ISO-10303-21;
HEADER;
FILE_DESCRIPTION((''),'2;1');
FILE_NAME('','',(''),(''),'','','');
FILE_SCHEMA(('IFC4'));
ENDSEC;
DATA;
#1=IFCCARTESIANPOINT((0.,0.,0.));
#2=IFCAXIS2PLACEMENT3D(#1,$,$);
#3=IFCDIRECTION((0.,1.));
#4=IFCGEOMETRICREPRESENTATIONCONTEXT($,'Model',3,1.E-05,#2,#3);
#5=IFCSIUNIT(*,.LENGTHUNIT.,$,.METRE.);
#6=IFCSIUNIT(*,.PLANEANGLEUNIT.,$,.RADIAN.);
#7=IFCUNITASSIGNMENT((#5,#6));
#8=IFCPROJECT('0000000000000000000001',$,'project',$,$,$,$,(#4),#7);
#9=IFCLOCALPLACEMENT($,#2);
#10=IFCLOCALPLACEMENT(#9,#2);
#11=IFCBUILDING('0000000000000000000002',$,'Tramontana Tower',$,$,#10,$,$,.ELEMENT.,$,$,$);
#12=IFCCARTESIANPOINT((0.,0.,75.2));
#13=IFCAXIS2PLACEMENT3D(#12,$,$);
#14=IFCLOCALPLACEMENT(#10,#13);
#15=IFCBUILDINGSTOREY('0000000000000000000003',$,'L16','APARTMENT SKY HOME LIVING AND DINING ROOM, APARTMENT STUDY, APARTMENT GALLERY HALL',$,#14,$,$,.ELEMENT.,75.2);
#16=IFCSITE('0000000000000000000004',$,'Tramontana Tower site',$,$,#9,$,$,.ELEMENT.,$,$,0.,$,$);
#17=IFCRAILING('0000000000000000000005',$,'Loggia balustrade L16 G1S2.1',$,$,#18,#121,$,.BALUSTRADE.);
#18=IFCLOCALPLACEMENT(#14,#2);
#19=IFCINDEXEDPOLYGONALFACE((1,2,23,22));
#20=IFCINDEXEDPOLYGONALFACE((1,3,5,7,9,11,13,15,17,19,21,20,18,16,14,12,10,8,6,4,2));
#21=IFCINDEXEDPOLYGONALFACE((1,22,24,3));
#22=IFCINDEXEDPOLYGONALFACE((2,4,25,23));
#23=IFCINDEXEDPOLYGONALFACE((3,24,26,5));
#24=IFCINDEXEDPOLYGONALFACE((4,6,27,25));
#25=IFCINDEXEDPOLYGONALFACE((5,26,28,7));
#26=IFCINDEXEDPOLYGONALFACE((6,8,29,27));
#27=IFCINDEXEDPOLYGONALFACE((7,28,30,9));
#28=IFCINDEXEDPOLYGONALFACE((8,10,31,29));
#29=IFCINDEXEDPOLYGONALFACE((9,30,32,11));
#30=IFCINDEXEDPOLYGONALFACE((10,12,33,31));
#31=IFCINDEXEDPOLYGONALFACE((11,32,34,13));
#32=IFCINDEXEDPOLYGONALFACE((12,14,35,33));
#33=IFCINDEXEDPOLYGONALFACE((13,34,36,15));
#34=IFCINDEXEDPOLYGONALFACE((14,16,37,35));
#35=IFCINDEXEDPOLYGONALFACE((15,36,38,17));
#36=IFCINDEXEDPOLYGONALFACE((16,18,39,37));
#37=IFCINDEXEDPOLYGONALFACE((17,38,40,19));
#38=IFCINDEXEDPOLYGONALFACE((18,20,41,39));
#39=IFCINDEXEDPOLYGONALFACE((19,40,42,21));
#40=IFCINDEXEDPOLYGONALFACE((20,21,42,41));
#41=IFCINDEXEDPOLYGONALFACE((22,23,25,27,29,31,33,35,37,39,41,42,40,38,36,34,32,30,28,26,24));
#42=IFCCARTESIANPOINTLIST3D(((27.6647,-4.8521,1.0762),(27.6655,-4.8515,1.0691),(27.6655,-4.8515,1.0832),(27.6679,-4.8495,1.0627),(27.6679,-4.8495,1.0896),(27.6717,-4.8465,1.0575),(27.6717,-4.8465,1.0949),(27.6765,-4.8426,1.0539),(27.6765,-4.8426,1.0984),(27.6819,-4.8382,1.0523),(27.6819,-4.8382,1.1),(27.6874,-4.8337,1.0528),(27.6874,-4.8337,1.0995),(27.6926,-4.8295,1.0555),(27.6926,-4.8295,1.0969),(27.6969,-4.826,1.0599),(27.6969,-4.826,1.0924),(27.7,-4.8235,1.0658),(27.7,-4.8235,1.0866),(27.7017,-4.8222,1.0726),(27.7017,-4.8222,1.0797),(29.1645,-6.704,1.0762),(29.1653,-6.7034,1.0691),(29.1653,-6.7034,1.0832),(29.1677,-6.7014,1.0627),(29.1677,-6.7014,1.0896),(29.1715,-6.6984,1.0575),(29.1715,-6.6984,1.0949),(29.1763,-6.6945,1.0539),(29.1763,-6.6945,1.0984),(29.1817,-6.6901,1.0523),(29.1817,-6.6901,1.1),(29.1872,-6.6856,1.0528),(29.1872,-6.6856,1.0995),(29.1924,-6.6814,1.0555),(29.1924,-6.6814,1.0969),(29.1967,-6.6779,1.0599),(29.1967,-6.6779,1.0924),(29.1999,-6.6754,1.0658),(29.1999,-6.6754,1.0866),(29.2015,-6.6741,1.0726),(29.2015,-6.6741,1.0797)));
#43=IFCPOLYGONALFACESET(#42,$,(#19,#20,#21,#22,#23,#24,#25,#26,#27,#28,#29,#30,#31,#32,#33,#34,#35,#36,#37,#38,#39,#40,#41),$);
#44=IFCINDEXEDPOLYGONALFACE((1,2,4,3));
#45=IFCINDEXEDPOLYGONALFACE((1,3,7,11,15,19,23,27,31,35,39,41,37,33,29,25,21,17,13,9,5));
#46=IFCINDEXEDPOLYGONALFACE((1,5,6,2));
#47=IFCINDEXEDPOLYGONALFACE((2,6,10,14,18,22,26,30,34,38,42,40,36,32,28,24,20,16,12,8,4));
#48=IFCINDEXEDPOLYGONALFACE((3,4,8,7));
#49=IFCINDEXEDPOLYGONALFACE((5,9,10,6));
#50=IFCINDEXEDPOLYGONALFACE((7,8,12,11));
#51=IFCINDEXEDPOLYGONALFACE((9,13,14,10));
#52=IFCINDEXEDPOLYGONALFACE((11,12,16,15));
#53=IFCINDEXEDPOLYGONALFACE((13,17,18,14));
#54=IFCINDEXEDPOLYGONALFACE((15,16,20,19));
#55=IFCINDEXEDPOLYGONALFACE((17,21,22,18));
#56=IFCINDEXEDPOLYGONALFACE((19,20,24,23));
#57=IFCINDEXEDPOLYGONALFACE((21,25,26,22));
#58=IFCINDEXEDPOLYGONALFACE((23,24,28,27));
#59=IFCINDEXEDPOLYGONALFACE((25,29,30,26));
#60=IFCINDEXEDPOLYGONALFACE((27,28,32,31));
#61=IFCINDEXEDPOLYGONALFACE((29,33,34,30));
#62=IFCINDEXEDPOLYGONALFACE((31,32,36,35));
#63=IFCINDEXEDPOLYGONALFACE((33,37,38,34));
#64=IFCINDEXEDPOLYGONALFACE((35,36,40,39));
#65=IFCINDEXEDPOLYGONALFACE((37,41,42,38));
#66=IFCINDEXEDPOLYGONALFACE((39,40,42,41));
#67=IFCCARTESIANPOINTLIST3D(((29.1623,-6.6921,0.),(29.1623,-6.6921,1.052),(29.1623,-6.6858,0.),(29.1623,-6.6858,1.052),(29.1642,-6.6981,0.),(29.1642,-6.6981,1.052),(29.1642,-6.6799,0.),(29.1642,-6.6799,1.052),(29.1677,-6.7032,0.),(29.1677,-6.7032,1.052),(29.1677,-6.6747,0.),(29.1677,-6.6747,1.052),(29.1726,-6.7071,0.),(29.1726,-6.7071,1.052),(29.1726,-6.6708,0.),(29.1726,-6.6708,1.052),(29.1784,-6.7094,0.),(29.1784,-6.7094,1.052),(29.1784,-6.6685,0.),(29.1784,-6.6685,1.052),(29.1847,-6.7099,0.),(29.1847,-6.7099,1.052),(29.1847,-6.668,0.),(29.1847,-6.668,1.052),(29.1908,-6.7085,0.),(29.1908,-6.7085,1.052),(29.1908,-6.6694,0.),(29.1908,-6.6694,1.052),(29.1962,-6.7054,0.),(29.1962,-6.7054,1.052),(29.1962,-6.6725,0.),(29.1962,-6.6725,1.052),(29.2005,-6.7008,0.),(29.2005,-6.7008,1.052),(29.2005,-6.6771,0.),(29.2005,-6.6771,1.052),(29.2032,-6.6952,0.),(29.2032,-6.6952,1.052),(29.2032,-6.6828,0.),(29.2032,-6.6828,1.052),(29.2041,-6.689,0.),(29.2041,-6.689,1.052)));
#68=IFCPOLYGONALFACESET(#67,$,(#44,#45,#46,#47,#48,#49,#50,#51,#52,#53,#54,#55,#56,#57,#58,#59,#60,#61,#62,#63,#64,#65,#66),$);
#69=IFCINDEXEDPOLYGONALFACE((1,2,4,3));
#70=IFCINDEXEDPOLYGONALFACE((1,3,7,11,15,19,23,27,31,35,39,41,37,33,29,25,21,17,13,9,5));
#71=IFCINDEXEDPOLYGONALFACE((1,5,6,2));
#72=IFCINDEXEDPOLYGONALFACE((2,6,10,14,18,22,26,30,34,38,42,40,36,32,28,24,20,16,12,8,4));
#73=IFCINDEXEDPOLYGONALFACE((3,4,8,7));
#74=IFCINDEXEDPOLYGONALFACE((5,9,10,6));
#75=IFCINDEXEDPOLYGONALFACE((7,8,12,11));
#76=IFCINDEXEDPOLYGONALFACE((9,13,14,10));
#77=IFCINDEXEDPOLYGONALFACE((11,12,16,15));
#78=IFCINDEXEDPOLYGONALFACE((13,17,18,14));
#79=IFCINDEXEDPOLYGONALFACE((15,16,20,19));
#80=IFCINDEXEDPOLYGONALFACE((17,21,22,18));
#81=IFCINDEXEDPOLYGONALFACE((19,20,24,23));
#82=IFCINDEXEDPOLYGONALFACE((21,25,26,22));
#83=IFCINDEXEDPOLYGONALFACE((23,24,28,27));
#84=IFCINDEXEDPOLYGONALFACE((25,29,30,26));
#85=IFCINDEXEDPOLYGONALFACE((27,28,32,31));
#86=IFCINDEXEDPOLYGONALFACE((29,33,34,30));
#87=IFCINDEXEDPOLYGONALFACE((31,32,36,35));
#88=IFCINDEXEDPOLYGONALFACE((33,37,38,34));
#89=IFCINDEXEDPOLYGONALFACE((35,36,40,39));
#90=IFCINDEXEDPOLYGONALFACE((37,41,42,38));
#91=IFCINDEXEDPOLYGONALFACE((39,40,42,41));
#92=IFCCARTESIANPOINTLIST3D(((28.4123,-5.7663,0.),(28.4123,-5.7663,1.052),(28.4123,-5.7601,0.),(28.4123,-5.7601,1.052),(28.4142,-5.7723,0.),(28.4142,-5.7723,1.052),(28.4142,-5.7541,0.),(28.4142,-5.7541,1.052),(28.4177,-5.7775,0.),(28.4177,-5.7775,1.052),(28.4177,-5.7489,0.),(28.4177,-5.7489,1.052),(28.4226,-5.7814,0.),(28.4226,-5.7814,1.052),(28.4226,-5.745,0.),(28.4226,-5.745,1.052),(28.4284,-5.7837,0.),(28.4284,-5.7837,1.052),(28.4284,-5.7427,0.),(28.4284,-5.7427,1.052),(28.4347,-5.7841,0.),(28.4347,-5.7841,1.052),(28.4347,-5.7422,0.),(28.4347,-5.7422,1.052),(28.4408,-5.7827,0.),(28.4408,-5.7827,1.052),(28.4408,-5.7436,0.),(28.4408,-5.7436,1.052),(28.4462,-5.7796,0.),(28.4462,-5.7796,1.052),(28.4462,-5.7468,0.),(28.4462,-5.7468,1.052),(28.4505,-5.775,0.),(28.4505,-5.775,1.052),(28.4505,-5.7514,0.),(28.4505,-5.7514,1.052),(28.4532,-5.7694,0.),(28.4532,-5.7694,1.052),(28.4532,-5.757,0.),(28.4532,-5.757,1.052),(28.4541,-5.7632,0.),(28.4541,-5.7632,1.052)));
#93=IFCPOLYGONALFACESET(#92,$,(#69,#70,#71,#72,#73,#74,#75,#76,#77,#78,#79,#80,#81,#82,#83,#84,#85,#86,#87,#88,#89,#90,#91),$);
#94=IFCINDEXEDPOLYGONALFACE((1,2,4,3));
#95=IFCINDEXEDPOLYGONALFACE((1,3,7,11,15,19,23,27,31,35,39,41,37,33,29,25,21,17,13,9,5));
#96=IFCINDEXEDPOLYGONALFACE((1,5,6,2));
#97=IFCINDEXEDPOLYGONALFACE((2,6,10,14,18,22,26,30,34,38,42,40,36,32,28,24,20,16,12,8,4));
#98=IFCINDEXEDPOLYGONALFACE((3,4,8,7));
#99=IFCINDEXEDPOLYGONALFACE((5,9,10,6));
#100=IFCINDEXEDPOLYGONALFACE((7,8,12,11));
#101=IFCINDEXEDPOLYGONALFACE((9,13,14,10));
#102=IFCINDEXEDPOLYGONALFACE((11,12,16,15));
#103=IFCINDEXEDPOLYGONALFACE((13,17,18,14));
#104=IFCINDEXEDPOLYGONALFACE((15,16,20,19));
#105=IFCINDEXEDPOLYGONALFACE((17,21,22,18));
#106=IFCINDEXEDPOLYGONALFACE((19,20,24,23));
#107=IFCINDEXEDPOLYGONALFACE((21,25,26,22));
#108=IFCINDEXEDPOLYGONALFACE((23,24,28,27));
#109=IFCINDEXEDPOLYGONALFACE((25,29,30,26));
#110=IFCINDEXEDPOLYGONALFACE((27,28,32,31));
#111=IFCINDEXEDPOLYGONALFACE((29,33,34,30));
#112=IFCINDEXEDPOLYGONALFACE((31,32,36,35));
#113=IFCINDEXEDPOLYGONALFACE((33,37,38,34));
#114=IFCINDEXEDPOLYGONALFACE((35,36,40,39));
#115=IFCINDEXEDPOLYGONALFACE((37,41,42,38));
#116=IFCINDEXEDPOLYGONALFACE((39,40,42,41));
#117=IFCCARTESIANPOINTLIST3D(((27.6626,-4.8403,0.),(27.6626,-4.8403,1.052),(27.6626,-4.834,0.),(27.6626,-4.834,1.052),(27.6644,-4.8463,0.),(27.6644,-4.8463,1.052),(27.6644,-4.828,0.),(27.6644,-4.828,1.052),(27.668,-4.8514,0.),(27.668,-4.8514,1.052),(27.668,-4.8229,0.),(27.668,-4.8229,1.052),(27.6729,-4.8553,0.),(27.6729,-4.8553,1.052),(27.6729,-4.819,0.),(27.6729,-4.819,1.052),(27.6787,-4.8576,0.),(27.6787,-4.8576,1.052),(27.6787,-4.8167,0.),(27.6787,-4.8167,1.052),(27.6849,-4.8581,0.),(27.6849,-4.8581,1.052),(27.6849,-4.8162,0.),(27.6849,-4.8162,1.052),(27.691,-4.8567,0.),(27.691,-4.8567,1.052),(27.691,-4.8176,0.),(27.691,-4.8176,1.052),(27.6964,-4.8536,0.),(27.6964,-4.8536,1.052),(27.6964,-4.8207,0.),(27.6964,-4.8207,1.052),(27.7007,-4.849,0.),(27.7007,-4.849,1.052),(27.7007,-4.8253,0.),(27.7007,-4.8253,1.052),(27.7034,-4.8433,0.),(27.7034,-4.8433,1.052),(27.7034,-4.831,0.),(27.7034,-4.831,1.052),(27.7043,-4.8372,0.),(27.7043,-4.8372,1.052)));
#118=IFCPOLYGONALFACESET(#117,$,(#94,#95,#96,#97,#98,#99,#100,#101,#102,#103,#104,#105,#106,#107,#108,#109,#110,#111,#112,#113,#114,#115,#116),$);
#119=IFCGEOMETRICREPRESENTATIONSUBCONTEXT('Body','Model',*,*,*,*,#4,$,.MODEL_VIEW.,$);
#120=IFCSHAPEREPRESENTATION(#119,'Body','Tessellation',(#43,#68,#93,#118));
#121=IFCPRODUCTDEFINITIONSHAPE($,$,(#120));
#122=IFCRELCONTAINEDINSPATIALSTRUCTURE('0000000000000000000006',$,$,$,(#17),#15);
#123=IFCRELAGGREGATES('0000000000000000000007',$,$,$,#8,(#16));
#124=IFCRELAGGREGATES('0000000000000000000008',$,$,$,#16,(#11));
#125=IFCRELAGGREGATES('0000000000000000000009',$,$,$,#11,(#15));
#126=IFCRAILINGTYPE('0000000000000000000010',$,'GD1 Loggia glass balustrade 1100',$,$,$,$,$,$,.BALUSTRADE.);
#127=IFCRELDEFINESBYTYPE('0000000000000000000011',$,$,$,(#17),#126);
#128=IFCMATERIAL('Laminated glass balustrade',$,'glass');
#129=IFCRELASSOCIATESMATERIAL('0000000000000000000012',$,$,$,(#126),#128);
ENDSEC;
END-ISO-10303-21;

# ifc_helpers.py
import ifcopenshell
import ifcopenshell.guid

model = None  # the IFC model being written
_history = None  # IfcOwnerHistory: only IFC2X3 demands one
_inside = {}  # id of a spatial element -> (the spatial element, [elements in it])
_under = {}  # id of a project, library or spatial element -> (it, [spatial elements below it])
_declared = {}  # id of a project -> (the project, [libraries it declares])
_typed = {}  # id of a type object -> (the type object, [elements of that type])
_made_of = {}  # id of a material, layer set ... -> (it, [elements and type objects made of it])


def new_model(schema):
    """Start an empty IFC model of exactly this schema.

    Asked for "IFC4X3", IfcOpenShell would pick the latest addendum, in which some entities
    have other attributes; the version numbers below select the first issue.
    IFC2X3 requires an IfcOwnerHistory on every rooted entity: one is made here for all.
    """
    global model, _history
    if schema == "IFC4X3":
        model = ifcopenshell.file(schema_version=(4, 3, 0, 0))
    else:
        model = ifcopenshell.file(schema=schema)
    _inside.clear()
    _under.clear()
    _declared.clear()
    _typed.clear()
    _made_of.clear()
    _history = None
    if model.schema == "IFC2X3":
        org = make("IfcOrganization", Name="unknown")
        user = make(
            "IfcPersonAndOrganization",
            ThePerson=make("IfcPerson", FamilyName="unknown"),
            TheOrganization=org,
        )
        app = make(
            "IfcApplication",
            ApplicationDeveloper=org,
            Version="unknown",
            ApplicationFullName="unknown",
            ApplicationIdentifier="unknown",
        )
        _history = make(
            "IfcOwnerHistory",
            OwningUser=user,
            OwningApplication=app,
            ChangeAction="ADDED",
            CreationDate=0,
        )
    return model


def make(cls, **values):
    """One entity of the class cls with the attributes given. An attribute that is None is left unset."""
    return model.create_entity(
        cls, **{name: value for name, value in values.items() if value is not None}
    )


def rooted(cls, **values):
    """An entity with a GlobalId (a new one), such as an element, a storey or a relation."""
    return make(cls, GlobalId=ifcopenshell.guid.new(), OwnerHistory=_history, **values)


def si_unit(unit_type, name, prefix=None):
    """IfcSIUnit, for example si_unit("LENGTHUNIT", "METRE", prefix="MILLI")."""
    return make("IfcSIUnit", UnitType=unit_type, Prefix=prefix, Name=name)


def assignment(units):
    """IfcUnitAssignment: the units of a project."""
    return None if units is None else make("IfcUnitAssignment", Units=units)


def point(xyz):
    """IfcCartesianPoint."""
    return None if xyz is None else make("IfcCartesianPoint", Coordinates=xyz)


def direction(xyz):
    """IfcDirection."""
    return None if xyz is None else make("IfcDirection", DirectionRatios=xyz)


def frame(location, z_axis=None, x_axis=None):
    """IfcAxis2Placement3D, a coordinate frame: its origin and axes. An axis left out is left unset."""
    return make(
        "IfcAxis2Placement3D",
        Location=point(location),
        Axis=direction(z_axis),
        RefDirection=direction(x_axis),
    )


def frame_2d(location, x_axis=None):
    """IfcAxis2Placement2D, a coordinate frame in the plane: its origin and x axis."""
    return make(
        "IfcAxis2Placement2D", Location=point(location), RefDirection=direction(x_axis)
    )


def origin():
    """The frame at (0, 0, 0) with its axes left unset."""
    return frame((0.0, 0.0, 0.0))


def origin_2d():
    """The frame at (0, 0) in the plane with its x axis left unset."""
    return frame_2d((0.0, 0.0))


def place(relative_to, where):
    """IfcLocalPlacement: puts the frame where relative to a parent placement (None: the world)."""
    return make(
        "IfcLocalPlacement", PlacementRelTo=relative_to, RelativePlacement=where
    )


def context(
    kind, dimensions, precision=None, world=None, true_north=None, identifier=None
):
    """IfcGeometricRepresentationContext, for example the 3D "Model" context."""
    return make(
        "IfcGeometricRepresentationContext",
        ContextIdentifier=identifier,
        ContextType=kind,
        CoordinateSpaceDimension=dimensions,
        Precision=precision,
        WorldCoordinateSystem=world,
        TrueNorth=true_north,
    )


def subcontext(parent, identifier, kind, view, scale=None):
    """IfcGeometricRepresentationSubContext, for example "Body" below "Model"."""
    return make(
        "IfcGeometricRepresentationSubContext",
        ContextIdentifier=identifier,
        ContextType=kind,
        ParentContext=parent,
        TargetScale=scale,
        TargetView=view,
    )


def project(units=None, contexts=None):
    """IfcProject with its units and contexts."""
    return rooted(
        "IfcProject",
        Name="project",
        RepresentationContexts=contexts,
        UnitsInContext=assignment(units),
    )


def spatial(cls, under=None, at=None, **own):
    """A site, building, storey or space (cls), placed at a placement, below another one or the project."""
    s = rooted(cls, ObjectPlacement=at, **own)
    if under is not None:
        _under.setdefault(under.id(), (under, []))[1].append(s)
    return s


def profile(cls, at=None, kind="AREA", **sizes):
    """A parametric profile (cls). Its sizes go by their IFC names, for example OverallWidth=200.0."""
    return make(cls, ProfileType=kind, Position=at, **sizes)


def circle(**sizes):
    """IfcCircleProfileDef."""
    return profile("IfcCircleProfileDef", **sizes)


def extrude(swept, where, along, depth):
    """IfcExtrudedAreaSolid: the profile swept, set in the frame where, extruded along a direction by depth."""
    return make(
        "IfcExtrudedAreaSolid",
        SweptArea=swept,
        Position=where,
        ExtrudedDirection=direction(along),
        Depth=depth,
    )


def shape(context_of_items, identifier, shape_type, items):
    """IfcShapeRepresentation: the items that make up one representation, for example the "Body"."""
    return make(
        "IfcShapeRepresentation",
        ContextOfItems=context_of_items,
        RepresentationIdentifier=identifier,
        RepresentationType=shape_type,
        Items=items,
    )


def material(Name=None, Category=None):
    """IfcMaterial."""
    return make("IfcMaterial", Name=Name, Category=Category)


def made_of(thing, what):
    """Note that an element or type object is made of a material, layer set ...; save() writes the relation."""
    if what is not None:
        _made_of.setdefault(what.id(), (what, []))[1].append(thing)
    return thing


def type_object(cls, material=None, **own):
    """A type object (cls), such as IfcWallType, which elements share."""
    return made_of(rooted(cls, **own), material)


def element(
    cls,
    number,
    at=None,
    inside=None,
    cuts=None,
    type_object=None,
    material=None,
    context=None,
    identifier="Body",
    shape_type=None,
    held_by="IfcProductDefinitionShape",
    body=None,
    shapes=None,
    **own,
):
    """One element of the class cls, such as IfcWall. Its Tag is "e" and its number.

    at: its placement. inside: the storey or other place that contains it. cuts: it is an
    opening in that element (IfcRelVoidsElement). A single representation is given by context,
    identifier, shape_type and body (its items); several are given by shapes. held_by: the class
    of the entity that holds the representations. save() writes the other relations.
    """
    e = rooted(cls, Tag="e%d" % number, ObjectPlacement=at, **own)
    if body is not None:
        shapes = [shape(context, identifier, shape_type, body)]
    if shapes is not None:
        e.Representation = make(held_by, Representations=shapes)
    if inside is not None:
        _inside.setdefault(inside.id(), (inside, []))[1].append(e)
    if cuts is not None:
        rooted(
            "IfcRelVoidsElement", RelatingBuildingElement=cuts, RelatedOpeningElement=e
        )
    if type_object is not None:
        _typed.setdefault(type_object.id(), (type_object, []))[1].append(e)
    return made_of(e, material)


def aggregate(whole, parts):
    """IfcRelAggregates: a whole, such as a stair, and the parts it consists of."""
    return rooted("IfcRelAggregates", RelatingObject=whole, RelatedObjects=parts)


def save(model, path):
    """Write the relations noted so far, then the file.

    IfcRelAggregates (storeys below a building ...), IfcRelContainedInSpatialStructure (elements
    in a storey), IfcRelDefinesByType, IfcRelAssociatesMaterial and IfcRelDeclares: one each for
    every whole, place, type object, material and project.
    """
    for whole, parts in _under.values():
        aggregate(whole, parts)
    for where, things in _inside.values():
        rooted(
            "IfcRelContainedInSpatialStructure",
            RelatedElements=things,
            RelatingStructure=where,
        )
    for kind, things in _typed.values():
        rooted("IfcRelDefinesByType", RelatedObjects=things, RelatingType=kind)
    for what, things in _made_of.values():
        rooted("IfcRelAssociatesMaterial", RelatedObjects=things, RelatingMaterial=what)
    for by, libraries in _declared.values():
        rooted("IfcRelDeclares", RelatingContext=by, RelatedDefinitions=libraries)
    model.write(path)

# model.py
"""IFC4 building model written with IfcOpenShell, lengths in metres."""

from ifc_helpers import new_model, si_unit, direction, frame, origin, origin_2d, place, context, subcontext, project, spatial, circle, extrude, material, type_object, element, save


model = new_model("IFC4")

# Units and contexts
model_context = context("Model", 3, precision=1e-05, world=origin(), true_north=direction((0.0, 1.0)))
body_context = subcontext(model_context, "Body", "Model", "MODEL_VIEW")
ifc_project = project(units=[si_unit("LENGTHUNIT", "METRE"), si_unit("PLANEANGLEUNIT", "RADIAN")], contexts=[model_context])

# Site, building, storey
site_placement = place(None, origin())
site = spatial("IfcSite", under=ifc_project, at=site_placement, Name="Tramontana Tower site", CompositionType="ELEMENT", RefElevation=0.0)
building_placement = place(site_placement, origin())
building = spatial("IfcBuilding", under=site, at=building_placement, Name="Tramontana Tower", CompositionType="ELEMENT")
storey_placement = place(building_placement, frame((0.0, 0.0, 75.2)))
storey = spatial("IfcBuildingStorey", under=building, at=storey_placement, Name="L16", Description="APARTMENT SKY HOME LIVING AND DINING ROOM, APARTMENT STUDY, APARTMENT GALLERY HALL", CompositionType="ELEMENT", Elevation=75.2)

# Railing
ifc_material_1 = material(Name="Laminated glass balustrade", Category="glass")
railing_type = type_object("IfcRailingType", Name="GD1 Loggia glass balustrade 1100", PredefinedType="BALUSTRADE", material=ifc_material_1)
railing_placement = place(storey_placement, frame((29.1831, -6.689, 0.0)))
element("IfcRailing", 1, at=railing_placement, inside=storey, type_object=railing_type, Name="Loggia balustrade L16 G1S2.1", PredefinedType="BALUSTRADE", context=body_context, shape_type="SweptSolid", body=[
    extrude(circle(Radius=0.0239, at=origin_2d()), frame((0.0, 0.0, 1.0762), z_axis=(-0.629369, 0.777106, 0.0), x_axis=(-0.777106, -0.629369, 0.0)), (0.0, 0.0, 1.0), 2.3831),
    extrude(circle(Radius=0.021, at=origin_2d()), origin(), (0.0, 0.0, 1.0), 1.052),
    extrude(circle(Radius=0.021, at=origin_2d()), frame((-0.75, 0.9258, 0.0)), (0.0, 0.0, 1.0), 1.052),
    extrude(circle(Radius=0.021, at=origin_2d()), frame((-1.4998, 1.8518, 0.0)), (0.0, 0.0, 1.0), 1.052),
])

save(model, "model.ifc")
